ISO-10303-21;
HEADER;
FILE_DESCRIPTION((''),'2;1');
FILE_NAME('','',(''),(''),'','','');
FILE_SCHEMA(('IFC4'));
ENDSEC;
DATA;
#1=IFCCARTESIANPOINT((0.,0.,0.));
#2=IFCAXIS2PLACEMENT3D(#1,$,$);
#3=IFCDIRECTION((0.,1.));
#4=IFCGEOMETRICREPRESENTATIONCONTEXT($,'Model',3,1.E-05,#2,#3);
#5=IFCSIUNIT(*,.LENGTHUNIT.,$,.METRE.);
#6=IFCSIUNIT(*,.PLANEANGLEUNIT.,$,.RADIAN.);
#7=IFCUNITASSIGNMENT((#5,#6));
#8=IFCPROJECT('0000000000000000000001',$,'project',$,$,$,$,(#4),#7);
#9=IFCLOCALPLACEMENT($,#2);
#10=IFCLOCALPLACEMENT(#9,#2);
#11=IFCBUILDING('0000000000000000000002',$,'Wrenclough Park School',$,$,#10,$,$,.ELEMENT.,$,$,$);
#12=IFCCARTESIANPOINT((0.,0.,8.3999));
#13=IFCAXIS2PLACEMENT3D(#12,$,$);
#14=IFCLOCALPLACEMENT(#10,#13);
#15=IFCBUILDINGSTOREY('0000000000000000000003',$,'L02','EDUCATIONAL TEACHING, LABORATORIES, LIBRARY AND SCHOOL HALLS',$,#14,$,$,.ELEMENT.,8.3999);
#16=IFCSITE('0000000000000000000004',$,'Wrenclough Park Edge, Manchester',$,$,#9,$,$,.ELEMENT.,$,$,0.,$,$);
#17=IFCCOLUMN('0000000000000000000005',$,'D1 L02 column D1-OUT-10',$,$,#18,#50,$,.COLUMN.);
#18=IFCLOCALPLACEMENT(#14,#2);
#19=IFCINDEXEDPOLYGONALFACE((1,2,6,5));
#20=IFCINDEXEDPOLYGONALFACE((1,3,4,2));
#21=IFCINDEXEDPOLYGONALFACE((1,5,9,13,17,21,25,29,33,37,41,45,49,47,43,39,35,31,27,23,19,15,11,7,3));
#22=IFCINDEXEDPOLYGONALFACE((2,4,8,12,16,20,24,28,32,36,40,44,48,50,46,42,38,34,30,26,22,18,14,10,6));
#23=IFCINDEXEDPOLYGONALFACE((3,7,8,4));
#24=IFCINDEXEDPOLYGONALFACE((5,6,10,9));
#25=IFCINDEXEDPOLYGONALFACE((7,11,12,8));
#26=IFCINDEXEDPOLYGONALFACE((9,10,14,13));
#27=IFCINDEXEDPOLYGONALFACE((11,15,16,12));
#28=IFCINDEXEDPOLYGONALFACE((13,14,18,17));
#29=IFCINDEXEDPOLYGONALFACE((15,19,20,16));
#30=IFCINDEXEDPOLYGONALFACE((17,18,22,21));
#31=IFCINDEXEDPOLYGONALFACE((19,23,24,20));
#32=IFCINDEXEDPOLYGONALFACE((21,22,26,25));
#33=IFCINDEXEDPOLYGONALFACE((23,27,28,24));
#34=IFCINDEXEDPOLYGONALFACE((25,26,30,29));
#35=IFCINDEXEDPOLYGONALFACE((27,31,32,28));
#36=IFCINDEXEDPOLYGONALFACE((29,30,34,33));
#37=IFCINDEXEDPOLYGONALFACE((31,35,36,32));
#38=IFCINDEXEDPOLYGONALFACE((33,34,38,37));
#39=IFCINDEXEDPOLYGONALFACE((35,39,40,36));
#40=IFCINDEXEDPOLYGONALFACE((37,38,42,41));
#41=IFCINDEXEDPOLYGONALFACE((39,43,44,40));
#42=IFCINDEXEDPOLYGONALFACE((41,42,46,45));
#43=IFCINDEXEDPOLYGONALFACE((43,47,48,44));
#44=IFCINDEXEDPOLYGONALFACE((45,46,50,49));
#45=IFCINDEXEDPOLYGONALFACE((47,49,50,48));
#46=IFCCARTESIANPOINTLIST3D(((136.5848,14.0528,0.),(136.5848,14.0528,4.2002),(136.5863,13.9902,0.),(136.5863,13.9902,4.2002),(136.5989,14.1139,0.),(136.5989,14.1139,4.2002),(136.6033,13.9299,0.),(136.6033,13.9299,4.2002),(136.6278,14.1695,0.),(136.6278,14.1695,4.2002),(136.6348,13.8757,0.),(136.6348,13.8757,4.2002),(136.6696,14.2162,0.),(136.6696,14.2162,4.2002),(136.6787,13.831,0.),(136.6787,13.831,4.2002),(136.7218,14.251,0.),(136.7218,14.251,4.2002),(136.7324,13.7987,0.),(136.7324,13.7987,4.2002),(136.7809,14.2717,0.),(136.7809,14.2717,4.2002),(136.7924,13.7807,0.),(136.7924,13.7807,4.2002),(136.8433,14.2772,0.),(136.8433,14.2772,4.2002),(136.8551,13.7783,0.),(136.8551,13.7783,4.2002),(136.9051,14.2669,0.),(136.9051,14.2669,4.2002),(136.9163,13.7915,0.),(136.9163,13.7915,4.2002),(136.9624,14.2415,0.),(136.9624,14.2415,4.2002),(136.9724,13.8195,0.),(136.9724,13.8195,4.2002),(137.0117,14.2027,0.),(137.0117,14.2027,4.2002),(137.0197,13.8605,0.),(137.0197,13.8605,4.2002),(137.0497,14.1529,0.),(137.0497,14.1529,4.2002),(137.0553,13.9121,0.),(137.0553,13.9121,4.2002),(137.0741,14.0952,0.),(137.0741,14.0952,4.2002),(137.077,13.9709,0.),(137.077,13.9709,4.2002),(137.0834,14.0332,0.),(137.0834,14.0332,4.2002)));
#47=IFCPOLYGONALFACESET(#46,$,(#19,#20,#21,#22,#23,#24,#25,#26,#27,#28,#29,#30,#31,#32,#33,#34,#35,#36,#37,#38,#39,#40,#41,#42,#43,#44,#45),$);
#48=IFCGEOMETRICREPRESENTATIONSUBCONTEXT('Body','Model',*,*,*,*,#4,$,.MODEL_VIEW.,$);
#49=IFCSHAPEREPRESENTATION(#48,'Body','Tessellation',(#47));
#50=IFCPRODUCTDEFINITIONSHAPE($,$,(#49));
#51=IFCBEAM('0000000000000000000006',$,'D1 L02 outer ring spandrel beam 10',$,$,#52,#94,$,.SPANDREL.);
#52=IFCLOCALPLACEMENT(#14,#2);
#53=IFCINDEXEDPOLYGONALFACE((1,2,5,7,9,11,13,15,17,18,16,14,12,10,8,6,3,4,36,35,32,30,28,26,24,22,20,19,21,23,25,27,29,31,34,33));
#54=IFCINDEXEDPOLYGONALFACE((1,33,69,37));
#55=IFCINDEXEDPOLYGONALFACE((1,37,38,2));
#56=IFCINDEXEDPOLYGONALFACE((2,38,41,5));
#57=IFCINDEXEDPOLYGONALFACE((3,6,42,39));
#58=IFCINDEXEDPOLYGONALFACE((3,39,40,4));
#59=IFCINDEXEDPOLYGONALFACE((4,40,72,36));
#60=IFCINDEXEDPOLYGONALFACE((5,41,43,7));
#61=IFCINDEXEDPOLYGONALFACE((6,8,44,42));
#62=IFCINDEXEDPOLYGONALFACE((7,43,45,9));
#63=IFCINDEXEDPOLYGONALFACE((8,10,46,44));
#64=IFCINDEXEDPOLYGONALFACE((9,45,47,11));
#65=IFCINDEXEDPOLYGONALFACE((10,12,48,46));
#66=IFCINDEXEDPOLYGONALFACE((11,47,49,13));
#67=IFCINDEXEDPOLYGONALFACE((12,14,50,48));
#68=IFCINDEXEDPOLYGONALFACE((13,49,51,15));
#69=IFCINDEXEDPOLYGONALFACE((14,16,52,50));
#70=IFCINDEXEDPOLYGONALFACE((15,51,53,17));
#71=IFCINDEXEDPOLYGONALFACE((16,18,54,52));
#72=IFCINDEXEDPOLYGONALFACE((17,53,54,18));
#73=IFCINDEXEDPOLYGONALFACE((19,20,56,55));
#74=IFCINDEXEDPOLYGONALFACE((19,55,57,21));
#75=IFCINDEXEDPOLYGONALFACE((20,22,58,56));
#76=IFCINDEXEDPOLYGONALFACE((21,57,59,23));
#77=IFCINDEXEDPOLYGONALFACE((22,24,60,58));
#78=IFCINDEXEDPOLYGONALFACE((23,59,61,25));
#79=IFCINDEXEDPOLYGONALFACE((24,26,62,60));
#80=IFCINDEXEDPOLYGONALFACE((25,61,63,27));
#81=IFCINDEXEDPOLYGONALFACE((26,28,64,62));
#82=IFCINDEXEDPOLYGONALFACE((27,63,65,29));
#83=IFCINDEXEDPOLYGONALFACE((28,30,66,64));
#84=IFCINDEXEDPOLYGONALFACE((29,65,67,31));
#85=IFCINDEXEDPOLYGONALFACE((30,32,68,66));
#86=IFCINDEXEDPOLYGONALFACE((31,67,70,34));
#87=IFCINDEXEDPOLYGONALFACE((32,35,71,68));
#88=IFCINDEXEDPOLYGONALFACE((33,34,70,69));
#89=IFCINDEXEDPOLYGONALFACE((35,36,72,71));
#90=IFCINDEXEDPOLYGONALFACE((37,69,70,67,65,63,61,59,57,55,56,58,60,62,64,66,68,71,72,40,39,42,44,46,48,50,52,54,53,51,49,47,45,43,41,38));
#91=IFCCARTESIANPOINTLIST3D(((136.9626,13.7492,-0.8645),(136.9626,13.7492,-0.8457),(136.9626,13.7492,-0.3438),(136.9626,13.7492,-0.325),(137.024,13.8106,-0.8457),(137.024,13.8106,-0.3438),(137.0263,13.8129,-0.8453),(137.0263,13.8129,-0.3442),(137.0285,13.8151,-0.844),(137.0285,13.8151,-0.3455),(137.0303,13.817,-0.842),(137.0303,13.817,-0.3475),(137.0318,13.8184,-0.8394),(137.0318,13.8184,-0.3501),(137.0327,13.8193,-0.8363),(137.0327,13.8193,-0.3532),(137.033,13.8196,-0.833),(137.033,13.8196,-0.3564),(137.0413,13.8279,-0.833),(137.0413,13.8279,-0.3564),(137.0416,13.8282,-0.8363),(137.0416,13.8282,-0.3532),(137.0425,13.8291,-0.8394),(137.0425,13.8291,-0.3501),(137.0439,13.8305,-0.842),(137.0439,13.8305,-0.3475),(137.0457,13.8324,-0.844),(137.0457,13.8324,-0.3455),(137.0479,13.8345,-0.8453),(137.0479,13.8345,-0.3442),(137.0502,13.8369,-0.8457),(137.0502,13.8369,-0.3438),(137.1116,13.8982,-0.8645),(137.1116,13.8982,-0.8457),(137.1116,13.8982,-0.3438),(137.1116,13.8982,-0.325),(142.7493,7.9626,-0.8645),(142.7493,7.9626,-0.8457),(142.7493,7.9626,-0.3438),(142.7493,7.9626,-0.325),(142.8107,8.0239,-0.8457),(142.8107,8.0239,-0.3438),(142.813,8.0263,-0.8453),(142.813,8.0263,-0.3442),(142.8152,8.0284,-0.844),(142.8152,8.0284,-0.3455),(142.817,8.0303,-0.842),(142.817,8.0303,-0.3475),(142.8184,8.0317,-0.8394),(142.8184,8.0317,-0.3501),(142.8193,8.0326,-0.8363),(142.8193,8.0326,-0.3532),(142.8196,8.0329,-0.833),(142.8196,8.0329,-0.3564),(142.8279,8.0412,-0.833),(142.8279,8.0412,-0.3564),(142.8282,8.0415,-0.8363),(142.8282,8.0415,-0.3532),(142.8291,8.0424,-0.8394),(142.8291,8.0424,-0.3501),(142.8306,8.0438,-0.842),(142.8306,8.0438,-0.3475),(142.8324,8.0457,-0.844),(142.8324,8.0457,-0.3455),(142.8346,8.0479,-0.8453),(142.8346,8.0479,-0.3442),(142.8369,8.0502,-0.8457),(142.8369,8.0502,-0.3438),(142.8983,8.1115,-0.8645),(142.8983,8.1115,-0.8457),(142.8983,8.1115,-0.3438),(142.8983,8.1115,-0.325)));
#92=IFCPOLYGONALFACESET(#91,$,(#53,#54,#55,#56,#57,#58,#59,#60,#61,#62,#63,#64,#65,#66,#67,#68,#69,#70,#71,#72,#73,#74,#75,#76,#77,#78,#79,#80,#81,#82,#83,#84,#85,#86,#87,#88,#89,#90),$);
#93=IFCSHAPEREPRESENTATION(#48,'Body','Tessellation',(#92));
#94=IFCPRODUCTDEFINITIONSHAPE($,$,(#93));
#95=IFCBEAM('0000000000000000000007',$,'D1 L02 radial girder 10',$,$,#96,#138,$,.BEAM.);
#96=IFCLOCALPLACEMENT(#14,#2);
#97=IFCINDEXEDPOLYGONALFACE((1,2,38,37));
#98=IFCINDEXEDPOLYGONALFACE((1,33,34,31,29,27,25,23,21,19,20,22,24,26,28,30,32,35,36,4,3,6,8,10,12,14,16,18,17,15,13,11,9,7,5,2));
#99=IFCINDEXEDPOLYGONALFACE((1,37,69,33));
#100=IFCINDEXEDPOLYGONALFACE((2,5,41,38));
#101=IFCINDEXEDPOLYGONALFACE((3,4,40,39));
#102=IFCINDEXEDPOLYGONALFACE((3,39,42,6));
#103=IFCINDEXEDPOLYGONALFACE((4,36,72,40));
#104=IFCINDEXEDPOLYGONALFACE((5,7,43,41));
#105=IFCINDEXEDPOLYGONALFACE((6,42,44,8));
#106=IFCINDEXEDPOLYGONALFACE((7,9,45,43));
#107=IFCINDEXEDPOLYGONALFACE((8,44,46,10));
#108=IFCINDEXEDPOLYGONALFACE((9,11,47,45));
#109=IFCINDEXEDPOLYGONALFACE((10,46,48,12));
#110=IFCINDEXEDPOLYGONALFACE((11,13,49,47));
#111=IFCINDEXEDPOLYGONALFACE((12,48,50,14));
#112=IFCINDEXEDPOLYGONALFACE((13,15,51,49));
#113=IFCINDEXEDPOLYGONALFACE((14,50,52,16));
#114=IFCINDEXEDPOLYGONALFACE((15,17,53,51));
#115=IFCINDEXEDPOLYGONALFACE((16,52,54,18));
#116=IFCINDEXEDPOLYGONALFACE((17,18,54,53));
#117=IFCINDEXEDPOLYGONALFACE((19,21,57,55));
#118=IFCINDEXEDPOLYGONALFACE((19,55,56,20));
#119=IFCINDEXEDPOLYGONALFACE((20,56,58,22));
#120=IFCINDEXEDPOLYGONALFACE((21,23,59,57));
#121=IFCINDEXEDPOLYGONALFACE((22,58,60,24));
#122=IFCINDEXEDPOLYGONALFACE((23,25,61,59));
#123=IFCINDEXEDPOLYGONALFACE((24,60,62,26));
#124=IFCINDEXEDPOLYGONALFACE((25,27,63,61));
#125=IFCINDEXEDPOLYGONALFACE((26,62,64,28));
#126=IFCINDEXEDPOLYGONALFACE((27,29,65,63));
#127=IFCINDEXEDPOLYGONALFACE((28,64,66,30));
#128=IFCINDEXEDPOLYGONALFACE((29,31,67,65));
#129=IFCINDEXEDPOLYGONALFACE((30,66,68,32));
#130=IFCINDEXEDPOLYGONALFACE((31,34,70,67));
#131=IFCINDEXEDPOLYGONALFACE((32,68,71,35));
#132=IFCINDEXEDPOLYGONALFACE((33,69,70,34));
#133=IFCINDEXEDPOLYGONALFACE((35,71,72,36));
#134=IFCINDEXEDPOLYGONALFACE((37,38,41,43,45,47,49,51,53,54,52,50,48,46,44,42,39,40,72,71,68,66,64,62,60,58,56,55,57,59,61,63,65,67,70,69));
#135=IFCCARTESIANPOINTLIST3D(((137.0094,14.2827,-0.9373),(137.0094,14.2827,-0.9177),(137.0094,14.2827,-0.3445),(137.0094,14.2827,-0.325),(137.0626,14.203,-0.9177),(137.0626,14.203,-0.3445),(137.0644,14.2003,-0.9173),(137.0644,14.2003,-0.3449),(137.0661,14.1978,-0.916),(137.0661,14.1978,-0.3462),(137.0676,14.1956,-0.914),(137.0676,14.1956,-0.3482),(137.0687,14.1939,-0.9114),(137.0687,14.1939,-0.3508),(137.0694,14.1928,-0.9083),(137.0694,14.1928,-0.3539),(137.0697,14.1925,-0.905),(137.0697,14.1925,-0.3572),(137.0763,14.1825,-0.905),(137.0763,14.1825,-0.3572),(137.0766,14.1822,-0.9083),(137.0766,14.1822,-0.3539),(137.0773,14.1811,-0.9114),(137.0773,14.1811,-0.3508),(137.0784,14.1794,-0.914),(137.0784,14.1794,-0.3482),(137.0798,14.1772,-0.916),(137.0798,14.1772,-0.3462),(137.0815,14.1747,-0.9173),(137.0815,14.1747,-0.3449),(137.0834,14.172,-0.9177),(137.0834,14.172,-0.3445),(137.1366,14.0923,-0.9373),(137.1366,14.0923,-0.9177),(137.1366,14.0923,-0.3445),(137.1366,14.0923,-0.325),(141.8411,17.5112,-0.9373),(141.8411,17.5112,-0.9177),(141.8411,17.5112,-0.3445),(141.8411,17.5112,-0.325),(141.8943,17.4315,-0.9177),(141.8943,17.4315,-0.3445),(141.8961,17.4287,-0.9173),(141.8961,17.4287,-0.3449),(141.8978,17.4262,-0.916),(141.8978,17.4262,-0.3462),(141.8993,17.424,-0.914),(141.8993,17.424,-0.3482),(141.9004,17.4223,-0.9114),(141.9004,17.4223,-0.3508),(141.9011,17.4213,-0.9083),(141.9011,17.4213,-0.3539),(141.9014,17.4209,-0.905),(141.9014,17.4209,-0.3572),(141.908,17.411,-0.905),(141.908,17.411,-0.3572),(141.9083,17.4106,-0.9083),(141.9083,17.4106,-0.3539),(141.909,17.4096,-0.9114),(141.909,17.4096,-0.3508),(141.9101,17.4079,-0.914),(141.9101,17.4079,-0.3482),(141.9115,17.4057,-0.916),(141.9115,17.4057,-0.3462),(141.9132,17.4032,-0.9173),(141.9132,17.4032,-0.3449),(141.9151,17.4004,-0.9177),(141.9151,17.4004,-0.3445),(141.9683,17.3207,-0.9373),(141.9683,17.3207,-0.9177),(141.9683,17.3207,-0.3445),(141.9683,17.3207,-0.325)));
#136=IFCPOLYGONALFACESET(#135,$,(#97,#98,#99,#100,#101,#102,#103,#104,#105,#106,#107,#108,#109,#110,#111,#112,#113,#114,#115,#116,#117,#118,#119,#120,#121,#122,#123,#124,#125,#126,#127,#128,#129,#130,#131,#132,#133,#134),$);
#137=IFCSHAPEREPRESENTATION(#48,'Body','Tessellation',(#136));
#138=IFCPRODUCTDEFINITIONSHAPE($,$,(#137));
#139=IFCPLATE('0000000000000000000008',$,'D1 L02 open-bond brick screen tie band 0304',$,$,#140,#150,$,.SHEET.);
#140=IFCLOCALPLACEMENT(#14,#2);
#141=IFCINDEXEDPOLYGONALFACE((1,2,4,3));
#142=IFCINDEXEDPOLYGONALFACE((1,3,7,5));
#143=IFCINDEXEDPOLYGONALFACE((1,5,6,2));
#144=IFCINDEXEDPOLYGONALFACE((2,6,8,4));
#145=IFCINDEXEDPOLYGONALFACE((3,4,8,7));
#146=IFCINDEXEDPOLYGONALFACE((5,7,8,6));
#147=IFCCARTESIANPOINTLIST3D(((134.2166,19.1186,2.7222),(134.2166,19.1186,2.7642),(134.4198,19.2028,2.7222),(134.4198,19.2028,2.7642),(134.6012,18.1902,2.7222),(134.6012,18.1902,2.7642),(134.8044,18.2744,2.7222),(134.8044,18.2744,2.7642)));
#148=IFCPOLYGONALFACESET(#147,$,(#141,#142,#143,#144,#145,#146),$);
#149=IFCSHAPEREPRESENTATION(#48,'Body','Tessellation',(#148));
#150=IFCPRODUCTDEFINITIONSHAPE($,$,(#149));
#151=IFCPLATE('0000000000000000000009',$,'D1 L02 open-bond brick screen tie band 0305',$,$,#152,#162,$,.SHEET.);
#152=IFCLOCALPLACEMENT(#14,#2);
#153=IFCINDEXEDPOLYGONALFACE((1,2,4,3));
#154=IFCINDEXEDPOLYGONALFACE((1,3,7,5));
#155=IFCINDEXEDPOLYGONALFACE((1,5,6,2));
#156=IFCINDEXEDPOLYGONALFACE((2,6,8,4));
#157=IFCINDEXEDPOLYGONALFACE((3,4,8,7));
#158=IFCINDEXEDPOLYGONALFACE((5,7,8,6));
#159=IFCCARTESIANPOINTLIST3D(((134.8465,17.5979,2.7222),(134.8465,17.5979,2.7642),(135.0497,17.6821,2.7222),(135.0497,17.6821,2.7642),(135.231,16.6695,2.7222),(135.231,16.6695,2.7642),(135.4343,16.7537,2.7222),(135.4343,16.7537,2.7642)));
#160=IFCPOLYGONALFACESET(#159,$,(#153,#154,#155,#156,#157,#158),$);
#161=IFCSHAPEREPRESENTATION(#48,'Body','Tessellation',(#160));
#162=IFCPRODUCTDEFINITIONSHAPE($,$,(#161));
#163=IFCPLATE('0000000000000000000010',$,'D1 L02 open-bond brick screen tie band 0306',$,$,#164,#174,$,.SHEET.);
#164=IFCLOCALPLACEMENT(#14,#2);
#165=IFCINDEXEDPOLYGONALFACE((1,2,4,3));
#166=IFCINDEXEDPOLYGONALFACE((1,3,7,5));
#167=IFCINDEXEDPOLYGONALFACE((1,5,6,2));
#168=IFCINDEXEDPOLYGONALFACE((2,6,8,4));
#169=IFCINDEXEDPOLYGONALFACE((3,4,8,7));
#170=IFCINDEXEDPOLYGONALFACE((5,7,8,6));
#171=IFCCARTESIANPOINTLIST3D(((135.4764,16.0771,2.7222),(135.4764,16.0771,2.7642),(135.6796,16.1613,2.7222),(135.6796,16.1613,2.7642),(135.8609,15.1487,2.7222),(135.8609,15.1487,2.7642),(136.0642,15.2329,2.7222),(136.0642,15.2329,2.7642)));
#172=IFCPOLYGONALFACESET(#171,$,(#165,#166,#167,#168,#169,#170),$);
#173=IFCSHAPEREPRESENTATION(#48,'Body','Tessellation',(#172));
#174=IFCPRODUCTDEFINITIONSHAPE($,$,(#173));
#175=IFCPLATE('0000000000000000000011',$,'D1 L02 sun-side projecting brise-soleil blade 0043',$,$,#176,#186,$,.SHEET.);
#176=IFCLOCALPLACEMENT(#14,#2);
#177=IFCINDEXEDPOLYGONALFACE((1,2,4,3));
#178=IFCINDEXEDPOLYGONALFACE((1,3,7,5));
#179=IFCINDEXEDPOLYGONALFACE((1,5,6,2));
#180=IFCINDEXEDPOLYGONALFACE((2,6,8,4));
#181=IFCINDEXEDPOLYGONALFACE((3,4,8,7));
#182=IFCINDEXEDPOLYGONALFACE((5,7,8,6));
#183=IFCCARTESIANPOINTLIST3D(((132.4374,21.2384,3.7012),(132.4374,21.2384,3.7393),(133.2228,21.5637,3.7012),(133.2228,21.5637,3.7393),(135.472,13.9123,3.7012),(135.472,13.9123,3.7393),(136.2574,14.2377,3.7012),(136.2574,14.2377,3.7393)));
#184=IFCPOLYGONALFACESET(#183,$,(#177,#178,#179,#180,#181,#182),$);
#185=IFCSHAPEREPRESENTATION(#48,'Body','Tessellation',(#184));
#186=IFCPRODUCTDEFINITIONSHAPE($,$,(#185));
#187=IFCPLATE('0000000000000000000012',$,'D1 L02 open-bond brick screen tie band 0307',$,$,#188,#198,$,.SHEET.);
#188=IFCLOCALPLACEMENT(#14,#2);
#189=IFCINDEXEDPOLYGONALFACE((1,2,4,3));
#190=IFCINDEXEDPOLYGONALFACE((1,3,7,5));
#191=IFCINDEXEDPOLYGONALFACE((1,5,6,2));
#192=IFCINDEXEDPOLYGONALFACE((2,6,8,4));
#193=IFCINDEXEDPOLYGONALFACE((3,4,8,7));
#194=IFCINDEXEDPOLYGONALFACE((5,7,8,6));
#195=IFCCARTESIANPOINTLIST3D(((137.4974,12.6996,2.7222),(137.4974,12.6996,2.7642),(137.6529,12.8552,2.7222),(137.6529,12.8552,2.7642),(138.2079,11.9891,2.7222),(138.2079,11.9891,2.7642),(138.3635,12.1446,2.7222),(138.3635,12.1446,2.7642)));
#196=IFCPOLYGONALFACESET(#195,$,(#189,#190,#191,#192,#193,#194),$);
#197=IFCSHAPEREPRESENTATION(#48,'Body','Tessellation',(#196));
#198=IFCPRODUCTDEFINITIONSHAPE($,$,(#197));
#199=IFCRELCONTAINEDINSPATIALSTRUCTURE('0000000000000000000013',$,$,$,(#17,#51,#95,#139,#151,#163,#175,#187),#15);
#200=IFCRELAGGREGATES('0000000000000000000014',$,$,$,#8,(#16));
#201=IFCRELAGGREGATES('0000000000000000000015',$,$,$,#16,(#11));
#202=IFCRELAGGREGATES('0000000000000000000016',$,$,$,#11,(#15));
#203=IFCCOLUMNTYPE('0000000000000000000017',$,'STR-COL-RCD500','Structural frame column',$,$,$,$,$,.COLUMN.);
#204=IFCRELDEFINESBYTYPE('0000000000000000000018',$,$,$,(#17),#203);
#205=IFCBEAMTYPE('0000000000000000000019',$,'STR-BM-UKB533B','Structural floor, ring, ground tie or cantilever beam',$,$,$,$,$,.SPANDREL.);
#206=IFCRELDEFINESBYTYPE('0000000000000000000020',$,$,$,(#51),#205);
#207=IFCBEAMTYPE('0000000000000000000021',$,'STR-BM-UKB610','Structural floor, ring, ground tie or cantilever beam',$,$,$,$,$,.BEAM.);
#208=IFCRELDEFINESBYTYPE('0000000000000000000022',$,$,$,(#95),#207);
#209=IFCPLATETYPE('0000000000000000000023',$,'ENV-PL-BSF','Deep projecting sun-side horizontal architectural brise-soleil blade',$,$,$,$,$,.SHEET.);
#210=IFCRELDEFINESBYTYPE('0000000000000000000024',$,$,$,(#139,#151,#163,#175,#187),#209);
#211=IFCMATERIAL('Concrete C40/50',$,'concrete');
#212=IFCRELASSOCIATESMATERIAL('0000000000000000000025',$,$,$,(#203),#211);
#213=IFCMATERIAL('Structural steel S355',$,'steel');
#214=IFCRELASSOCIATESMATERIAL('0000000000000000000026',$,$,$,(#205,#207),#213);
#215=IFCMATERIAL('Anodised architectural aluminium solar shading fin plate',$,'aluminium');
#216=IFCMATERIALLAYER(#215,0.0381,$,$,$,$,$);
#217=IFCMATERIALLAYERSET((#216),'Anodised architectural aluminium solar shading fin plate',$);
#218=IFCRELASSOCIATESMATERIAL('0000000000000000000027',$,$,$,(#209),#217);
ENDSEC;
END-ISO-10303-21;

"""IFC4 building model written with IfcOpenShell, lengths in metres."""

from ifc_helpers import new_model, si_unit, direction, frame, origin, origin_2d, place, context, subcontext, project, spatial, rectangle, circle, i_section, extrude, material, layer, layer_set, material_profile, profile_set, type_object, element, save


model = new_model("IFC4")

# Units and contexts
model_context = context("Model", 3, precision=1e-05, world=origin(), true_north=direction((0.0, 1.0)))
body_context = subcontext(model_context, "Body", "Model", "MODEL_VIEW")
ifc_project = project(units=[si_unit("LENGTHUNIT", "METRE"), si_unit("PLANEANGLEUNIT", "RADIAN")], contexts=[model_context])

# Site, building, storey
site_placement = place(None, origin())
site = spatial("IfcSite", under=ifc_project, at=site_placement, Name="Wrenclough Park Edge, Manchester", CompositionType="ELEMENT", RefElevation=0.0)
building_placement = place(site_placement, origin())
building = spatial("IfcBuilding", under=site, at=building_placement, Name="Wrenclough Park School", CompositionType="ELEMENT")
storey_placement = place(building_placement, frame((0.0, 0.0, 8.3999)))
storey = spatial("IfcBuildingStorey", under=building, at=storey_placement, Name="L02", Description="EDUCATIONAL TEACHING, LABORATORIES, LIBRARY AND SCHOOL HALLS", CompositionType="ELEMENT", Elevation=8.3999)

# Column
ifc_material_1 = material(Name="Concrete C40/50", Category="concrete")
ifc_material_profile_1 = material_profile(ifc_material_1, circle(Radius=0.25, at=origin_2d()), Name="RC COL D500")
ifc_profile_set_1 = profile_set([ifc_material_profile_1], Name="Concrete C40/50")
column_type = type_object("IfcColumnType", Name="STR-COL-RCD500", Description="Structural frame column", PredefinedType="COLUMN", material=ifc_profile_set_1)
column_placement = place(storey_placement, frame((136.8335, 14.0273, 0.0), z_axis=(0.0, 0.0, 1.0), x_axis=(0.55557, -0.83147, 0.0)))
element("IfcColumn", 1, at=column_placement, inside=storey, type_object=column_type, Name="D1 L02 column D1-OUT-10", PredefinedType="COLUMN", context=body_context, shape_type="SweptSolid", body=[
    extrude(circle(Radius=0.25, at=origin_2d()), origin(), (0.0, 0.0, 1.0), 4.2002),
])

# Beams
ifc_material_2 = material(Name="Structural steel S355", Category="steel")
ifc_material_profile_2 = material_profile(ifc_material_2, i_section(OverallWidth=0.2107, OverallDepth=0.5396, WebThickness=0.0117, FlangeThickness=0.0188, FilletRadius=0.0127, at=origin_2d()), Name="UKB 533x210x109")
ifc_profile_set_2 = profile_set([ifc_material_profile_2], Name="Structural steel S355")
beam_type_1 = type_object("IfcBeamType", Name="STR-BM-UKB533B", Description="Structural floor, ring, ground tie or cantilever beam", PredefinedType="SPANDREL", material=ifc_profile_set_2)
beam_1_placement = place(storey_placement, frame((137.0371, 13.8237, -0.5947), z_axis=(0.707107, -0.707107, 0.0), x_axis=(0.707107, 0.707107, 0.0)))
element("IfcBeam", 2, at=beam_1_placement, inside=storey, type_object=beam_type_1, Name="D1 L02 outer ring spandrel beam 10", PredefinedType="SPANDREL", context=body_context, shape_type="SweptSolid", body=[
    extrude(i_section(OverallWidth=0.2107, OverallDepth=0.5396, WebThickness=0.0117, FlangeThickness=0.0188, FilletRadius=0.0127, at=origin_2d()), origin(), (0.0, 0.0, 1.0), 8.1836),
])
ifc_material_profile_3 = material_profile(ifc_material_2, i_section(OverallWidth=0.229, OverallDepth=0.6123, WebThickness=0.012, FlangeThickness=0.0195, FilletRadius=0.0127, at=origin_2d()), Name="UKB 610x229x125")
ifc_profile_set_3 = profile_set([ifc_material_profile_3], Name="Structural steel S355")
beam_type_2 = type_object("IfcBeamType", Name="STR-BM-UKB610", Description="Structural floor, ring, ground tie or cantilever beam", PredefinedType="BEAM", material=ifc_profile_set_3)
beam_2_placement = place(storey_placement, frame((137.073, 14.1875, -0.6311), z_axis=(0.831468, 0.555572, 0.0), x_axis=(-0.555572, 0.831468, 0.0)))
element("IfcBeam", 3, at=beam_2_placement, inside=storey, type_object=beam_type_2, Name="D1 L02 radial girder 10", PredefinedType="BEAM", context=body_context, shape_type="SweptSolid", body=[
    extrude(i_section(OverallWidth=0.229, OverallDepth=0.6123, WebThickness=0.012, FlangeThickness=0.0195, FilletRadius=0.0127, at=origin_2d()), origin(), (0.0, 0.0, 1.0), 5.811),
])

# Plates
ifc_material_3 = material(Name="Anodised architectural aluminium solar shading fin plate", Category="aluminium")
ifc_layer_1 = layer(ifc_material_3, 0.0381)
ifc_layer_set_1 = layer_set([ifc_layer_1], Name="Anodised architectural aluminium solar shading fin plate")
plate_type = type_object("IfcPlateType", Name="ENV-PL-BSF", Description="Deep projecting sun-side horizontal architectural brise-soleil blade", PredefinedType="SHEET", material=ifc_layer_set_1)
for number, where, z_axis, x_axis, name in (
    (4, (134.5105, 18.6965, 2.7222), (0.0, 0.0, 1.0), (0.382684, -0.923879, 0.0), "D1 L02 open-bond brick screen tie band 0304"),
    (5, (135.1404, 17.1758, 2.7222), (0.0, 0.0, 1.0), (0.382684, -0.923879, 0.0), "D1 L02 open-bond brick screen tie band 0305"),
    (6, (135.7703, 15.655, 2.7222), (0.0, 0.0, 1.0), (0.382684, -0.923879, 0.0), "D1 L02 open-bond brick screen tie band 0306"),
):
    element("IfcPlate", number, at=place(storey_placement, frame(where, z_axis=z_axis, x_axis=x_axis)), inside=storey, type_object=plate_type, Name=name, PredefinedType="SHEET", context=body_context, shape_type="SweptSolid", body=[
        extrude(rectangle(XDim=1.0049, YDim=0.22, at=origin_2d()), origin(), (0.0, 0.0, 1.0), 0.042),
    ])
plate_1_placement = place(storey_placement, frame((134.3474, 17.738, 3.7012), z_axis=(0.0, 0.0, 1.0), x_axis=(0.382684, -0.923879, 0.0)))
element("IfcPlate", 7, at=plate_1_placement, inside=storey, type_object=plate_type, Name="D1 L02 sun-side projecting brise-soleil blade 0043", PredefinedType="SHEET", context=body_context, shape_type="SweptSolid", body=[
    extrude(rectangle(XDim=7.9297, YDim=0.8501, at=origin_2d()), origin(), (0.0, 0.0, 1.0), 0.0381),
])
for number, where, z_axis, x_axis, name in (
    (8, (137.9304, 12.4221, 2.7222), (0.0, 0.0, 1.0), (0.707107, -0.707107, 0.0), "D1 L02 open-bond brick screen tie band 0307"),
):
    element("IfcPlate", number, at=place(storey_placement, frame(where, z_axis=z_axis, x_axis=x_axis)), inside=storey, type_object=plate_type, Name=name, PredefinedType="SHEET", context=body_context, shape_type="SweptSolid", body=[
        extrude(rectangle(XDim=1.0049, YDim=0.22, at=origin_2d()), origin(), (0.0, 0.0, 1.0), 0.042),
    ])

save(model, "model.ifc")
